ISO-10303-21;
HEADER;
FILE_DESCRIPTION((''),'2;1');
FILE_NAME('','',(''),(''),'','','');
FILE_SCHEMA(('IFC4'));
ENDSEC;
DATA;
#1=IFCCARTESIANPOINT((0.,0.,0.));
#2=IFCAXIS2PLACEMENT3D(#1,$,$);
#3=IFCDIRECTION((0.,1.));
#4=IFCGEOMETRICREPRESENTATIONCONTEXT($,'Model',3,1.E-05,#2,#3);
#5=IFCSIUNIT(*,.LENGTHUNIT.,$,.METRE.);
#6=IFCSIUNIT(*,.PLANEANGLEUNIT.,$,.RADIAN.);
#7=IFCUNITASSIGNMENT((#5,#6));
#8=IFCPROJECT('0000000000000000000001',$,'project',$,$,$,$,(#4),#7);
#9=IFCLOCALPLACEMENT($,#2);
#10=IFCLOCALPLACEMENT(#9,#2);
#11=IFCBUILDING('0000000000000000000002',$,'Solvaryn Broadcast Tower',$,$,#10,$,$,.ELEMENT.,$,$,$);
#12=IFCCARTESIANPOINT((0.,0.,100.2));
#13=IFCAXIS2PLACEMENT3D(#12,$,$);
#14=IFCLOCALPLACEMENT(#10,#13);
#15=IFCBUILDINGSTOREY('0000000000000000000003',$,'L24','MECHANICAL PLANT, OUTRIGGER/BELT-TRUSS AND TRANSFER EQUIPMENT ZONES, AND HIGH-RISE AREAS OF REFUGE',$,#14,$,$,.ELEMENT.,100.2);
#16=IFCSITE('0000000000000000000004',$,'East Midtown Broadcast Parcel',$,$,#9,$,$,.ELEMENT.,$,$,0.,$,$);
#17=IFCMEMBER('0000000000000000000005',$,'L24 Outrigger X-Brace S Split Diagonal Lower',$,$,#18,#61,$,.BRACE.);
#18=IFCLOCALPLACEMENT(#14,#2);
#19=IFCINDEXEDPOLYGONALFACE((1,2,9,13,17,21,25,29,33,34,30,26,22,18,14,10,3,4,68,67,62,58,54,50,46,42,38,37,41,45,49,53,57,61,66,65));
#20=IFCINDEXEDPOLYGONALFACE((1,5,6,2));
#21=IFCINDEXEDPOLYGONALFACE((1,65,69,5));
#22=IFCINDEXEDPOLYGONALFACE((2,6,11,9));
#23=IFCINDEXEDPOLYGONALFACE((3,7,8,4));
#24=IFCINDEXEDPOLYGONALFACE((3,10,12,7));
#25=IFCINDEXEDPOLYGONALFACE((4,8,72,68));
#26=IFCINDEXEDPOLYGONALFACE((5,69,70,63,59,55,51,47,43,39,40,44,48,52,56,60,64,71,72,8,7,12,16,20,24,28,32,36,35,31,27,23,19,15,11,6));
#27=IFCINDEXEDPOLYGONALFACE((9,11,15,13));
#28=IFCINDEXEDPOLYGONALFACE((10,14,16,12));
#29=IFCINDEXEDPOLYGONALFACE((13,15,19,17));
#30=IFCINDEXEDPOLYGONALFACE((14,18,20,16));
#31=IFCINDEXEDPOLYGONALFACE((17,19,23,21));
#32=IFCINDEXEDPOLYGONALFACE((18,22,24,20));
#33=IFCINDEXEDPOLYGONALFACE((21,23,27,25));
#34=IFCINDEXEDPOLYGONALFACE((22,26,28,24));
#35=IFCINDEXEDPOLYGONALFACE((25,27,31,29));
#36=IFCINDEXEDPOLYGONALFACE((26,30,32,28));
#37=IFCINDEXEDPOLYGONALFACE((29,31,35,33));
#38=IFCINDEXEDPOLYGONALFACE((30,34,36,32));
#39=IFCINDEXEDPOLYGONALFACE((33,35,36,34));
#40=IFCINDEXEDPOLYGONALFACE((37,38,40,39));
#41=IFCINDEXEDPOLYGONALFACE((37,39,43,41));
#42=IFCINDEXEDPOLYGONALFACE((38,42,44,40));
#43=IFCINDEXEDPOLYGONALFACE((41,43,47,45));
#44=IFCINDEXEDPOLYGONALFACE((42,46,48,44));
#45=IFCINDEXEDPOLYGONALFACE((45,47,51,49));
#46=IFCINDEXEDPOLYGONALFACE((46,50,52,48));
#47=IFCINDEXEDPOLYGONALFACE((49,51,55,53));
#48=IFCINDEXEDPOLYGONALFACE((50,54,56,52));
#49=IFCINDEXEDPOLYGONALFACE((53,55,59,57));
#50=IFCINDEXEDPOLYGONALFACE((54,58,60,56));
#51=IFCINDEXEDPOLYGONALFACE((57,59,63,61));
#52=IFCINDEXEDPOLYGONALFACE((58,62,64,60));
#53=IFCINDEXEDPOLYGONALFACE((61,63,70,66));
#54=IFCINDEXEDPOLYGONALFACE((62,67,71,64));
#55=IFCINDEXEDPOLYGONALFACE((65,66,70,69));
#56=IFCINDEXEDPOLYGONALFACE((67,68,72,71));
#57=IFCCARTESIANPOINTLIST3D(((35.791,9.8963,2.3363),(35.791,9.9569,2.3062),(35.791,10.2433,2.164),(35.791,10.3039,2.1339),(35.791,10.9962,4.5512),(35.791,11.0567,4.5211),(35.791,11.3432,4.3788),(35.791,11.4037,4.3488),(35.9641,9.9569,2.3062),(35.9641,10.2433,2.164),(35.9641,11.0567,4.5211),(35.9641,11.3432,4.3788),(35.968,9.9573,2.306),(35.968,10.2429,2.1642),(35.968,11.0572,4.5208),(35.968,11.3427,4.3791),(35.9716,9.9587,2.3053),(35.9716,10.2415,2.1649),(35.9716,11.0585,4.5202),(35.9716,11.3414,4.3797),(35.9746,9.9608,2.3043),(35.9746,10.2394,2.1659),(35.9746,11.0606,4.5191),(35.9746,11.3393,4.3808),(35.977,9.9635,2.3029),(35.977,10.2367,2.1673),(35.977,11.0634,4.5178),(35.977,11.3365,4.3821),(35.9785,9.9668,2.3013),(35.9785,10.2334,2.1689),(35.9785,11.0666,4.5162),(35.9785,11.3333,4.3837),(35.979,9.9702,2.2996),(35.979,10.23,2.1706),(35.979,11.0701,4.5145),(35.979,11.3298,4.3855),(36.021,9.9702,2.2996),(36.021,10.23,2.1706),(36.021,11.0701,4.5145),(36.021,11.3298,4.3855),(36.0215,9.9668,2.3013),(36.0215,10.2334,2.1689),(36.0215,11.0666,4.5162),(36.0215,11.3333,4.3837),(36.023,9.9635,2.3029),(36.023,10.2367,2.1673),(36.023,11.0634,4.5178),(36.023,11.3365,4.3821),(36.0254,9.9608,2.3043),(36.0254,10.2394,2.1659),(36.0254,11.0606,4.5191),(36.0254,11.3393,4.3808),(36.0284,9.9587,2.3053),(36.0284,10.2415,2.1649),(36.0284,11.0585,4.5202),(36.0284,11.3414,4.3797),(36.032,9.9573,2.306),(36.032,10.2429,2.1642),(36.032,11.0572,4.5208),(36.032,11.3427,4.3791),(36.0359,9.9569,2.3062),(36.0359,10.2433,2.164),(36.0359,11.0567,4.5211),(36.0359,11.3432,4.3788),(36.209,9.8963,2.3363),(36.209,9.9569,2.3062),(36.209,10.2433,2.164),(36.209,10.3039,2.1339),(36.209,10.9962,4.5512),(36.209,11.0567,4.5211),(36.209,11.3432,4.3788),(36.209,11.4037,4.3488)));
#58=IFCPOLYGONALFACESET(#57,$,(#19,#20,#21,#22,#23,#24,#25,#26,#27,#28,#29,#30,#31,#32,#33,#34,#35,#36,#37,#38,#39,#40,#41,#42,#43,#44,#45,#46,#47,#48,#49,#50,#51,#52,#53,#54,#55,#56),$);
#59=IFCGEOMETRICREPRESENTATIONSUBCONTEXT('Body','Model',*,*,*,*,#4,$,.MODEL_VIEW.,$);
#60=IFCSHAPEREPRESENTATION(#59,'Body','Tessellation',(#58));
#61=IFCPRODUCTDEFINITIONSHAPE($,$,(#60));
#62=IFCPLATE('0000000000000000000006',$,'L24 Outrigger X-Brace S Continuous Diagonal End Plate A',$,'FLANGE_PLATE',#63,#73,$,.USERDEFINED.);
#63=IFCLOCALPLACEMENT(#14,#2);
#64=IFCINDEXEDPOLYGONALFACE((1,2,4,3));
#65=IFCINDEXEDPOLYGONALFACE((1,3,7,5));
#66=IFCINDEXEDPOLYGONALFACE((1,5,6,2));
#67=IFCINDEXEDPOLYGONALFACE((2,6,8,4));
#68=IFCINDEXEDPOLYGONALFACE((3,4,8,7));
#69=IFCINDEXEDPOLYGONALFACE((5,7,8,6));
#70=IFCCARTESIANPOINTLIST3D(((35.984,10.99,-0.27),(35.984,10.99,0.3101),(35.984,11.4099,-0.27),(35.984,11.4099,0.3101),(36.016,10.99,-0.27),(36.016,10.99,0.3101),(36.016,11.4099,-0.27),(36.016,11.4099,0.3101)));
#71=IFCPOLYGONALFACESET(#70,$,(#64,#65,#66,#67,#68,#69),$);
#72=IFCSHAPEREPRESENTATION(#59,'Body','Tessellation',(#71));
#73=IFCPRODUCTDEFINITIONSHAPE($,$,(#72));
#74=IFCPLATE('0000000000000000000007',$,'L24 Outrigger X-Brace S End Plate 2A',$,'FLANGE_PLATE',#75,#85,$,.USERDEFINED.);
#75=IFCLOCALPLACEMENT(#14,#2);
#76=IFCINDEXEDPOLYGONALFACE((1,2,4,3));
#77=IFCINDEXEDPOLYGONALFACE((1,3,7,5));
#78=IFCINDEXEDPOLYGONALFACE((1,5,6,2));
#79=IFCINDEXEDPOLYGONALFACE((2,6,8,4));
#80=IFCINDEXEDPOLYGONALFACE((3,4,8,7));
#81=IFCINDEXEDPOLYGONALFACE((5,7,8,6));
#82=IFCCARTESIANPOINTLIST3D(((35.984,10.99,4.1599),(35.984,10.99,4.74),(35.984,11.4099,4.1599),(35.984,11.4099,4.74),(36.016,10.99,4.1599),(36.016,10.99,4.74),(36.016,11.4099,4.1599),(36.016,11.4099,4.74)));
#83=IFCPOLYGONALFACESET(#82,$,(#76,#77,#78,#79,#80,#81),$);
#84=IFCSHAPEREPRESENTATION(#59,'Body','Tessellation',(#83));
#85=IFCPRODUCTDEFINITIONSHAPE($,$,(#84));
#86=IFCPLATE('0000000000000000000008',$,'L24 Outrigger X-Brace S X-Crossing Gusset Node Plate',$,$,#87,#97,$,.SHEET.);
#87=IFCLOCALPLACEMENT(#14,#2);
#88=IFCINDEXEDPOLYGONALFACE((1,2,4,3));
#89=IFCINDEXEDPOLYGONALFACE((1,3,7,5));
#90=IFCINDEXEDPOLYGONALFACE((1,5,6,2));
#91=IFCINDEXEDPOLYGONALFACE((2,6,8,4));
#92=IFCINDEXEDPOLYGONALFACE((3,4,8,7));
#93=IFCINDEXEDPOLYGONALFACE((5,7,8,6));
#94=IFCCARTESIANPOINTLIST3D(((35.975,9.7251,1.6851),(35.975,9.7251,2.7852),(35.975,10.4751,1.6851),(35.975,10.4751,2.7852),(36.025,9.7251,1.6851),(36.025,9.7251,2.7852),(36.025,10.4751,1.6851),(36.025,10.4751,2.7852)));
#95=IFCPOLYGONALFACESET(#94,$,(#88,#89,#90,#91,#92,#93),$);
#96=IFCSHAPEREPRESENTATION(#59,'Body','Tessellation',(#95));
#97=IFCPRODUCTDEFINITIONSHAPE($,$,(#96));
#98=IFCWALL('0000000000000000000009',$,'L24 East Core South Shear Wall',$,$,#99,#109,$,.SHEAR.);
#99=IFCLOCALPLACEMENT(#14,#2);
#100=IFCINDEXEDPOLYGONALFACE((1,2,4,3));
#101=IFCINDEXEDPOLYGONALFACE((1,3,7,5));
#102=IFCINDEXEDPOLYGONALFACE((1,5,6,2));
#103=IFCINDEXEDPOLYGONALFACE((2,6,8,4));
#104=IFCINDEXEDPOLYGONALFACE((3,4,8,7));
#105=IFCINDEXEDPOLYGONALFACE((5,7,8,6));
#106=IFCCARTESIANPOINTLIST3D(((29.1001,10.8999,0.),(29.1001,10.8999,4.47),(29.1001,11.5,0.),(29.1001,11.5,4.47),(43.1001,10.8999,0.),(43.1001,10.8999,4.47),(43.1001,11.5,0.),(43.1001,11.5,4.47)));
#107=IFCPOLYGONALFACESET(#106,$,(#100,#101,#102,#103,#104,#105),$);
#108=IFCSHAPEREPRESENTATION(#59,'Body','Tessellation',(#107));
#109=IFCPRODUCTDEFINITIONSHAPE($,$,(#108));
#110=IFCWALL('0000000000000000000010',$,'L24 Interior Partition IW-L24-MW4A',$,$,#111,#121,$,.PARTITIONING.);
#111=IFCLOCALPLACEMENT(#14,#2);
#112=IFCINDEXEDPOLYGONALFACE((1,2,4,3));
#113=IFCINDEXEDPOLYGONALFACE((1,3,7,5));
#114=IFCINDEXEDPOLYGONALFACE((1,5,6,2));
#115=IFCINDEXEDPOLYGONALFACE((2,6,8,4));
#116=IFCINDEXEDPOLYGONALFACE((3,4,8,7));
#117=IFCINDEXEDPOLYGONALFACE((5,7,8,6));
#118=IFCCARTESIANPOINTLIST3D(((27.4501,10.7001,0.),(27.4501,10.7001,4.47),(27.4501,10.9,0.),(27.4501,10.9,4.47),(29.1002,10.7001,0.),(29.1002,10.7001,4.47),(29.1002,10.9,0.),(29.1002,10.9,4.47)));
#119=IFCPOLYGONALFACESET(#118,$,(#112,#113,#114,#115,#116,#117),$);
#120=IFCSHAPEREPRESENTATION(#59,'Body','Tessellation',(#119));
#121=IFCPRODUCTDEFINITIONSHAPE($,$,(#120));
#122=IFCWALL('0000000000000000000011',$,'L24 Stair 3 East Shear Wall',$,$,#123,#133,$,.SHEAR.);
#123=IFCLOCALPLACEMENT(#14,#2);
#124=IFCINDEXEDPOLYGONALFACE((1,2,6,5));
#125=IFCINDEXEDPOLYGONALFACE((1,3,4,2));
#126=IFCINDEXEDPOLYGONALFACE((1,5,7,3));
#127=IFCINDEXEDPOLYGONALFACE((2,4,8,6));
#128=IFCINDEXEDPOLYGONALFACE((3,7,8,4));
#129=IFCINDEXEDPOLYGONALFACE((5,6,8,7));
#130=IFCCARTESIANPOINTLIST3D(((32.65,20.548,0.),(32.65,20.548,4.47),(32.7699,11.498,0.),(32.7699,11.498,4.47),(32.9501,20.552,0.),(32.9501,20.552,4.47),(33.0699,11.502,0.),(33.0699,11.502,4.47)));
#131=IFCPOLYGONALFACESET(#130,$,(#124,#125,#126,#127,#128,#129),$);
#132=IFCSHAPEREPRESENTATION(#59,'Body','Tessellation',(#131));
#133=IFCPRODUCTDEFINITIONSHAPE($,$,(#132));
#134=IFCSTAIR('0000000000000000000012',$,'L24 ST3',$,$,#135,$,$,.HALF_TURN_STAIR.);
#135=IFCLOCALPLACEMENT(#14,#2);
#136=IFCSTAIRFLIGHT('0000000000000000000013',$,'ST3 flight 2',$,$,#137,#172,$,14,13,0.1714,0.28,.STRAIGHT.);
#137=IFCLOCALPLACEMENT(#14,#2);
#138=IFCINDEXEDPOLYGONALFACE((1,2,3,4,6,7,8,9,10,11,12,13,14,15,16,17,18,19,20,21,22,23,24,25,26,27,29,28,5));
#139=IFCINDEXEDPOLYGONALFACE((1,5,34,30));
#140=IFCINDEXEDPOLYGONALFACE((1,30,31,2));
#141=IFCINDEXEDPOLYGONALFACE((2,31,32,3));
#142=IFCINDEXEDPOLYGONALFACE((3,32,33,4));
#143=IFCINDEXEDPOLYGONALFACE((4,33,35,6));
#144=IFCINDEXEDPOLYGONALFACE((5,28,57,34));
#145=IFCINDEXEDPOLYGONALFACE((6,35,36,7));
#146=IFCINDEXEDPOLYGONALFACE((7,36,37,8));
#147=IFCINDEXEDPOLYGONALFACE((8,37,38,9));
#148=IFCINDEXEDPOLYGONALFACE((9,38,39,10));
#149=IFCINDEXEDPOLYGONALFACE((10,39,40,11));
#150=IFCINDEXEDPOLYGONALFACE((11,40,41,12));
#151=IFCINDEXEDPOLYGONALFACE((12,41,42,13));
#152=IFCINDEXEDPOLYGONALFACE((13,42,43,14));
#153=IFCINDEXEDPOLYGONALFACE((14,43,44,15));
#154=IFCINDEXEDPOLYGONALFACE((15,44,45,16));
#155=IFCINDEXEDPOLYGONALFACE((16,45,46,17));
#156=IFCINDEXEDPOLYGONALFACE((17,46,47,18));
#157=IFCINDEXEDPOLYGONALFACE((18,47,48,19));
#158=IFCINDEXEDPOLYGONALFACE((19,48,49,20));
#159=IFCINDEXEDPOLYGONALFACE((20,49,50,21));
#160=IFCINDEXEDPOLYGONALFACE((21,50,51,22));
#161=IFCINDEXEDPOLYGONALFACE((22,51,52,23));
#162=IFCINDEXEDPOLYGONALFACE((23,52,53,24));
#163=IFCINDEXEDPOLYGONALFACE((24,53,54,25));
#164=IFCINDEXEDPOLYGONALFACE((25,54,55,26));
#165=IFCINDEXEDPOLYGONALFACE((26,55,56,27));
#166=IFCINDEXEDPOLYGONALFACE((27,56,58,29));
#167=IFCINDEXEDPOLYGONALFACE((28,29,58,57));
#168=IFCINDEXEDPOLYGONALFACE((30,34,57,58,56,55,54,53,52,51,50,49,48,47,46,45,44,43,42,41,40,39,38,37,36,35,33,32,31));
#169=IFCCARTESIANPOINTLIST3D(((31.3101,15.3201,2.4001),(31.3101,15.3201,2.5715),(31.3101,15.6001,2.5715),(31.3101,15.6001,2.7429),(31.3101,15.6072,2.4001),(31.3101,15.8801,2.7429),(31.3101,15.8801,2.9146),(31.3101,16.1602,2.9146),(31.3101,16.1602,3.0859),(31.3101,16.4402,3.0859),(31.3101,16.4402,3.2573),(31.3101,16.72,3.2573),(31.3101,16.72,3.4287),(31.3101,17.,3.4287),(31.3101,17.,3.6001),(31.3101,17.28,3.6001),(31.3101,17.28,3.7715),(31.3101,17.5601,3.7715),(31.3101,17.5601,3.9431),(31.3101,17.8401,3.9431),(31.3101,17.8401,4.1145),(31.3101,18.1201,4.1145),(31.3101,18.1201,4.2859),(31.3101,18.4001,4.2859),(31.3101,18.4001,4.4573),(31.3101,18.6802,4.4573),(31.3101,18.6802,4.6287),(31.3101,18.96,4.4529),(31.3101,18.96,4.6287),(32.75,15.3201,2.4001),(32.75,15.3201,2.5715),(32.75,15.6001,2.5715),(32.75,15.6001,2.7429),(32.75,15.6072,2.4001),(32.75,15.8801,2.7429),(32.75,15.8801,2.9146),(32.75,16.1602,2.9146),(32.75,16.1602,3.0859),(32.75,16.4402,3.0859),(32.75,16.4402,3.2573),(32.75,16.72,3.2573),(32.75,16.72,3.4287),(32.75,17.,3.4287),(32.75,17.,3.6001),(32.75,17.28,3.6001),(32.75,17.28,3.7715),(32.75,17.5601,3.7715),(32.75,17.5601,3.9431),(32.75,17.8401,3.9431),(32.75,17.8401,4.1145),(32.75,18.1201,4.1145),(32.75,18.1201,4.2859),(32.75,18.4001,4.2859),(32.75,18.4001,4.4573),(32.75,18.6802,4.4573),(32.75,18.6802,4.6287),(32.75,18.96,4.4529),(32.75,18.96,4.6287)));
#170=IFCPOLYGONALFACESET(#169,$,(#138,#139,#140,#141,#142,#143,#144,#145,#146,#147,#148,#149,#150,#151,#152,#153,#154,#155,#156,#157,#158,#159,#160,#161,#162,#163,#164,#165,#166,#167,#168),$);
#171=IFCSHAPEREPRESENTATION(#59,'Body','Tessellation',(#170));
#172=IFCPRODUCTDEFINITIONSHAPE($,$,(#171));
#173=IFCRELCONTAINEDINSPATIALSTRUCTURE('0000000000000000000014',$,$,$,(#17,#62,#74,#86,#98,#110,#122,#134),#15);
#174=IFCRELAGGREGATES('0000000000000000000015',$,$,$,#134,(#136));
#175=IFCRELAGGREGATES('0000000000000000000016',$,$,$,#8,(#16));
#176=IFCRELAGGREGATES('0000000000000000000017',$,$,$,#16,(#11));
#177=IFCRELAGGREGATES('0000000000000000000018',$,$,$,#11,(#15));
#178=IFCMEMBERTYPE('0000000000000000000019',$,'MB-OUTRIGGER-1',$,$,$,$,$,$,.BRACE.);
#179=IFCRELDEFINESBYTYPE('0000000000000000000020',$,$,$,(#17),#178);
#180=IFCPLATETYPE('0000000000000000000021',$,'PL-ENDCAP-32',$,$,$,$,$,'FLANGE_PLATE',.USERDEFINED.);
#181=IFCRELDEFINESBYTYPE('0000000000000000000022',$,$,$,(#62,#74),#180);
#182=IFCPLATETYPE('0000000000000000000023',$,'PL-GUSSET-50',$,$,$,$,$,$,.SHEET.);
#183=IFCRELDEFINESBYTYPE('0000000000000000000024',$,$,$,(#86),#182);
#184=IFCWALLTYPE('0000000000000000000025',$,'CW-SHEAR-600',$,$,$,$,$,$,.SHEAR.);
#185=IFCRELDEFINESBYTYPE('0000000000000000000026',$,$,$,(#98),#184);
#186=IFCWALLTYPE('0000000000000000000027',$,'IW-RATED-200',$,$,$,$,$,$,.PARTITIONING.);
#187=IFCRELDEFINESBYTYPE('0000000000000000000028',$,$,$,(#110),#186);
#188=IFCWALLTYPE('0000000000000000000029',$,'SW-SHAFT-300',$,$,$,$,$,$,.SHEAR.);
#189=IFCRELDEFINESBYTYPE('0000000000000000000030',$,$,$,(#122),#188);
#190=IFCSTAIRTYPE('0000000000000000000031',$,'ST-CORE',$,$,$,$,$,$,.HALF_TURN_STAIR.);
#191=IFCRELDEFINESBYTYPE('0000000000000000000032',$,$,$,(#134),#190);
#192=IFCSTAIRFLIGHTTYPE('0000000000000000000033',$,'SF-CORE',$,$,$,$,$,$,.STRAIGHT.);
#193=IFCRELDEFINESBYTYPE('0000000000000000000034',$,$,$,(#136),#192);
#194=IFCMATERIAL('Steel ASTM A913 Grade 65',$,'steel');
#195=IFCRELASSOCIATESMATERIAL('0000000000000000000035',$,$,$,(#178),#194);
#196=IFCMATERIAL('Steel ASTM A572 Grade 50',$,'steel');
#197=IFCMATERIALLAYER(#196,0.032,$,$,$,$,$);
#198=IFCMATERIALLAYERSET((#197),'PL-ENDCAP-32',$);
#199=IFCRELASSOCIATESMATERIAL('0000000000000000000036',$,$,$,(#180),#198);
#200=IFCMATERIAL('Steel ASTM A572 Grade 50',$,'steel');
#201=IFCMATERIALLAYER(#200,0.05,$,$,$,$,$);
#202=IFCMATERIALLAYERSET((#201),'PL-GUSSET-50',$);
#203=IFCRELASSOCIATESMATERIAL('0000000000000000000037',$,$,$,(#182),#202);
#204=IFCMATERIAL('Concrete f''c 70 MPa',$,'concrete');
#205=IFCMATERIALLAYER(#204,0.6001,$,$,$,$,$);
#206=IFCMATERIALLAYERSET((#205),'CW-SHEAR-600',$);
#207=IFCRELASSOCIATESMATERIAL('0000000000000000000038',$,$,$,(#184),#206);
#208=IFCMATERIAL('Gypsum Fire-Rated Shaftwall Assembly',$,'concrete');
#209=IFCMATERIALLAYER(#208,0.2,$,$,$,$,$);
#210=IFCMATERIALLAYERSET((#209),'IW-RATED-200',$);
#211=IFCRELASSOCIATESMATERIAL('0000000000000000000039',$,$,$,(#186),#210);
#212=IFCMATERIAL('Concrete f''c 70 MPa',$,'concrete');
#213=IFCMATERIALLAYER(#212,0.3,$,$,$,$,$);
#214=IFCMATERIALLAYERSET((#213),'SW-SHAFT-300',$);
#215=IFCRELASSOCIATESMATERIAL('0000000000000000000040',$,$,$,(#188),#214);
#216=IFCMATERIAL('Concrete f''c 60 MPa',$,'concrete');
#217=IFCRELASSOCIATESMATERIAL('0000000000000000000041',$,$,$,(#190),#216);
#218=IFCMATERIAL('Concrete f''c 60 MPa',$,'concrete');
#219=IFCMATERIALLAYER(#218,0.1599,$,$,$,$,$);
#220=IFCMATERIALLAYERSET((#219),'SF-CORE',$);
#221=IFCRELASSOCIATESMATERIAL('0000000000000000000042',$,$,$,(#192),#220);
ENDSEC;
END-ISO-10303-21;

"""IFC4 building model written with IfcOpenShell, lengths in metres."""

from ifc_helpers import new_model, si_unit, direction, frame, frame_2d, origin, origin_2d, place, context, subcontext, project, spatial, polyline, rectangle, i_section, outline, extrude, material, layer, layer_set, material_profile, profile_set, type_object, element, aggregate, save


model = new_model("IFC4")

# Units and contexts
model_context = context("Model", 3, precision=1e-05, world=origin(), true_north=direction((0.0, 1.0)))
body_context = subcontext(model_context, "Body", "Model", "MODEL_VIEW")
ifc_project = project(units=[si_unit("LENGTHUNIT", "METRE"), si_unit("PLANEANGLEUNIT", "RADIAN")], contexts=[model_context])

# Site, building, storey
site_placement = place(None, origin())
site = spatial("IfcSite", under=ifc_project, at=site_placement, Name="East Midtown Broadcast Parcel", CompositionType="ELEMENT", RefElevation=0.0)
building_placement = place(site_placement, origin())
building = spatial("IfcBuilding", under=site, at=building_placement, Name="Solvaryn Broadcast Tower", CompositionType="ELEMENT")
storey_placement = place(building_placement, frame((0.0, 0.0, 100.2)))
storey = spatial("IfcBuildingStorey", under=building, at=storey_placement, Name="L24", Description="MECHANICAL PLANT, OUTRIGGER/BELT-TRUSS AND TRANSFER EQUIPMENT ZONES, AND HIGH-RISE AREAS OF REFUGE", CompositionType="ELEMENT", Elevation=100.2)

# Member
ifc_material_1 = material(Name="Steel ASTM A913 Grade 65", Category="steel")
ifc_material_profile_1 = material_profile(ifc_material_1, i_section(OverallWidth=0.418, OverallDepth=0.4551, WebThickness=0.042, FlangeThickness=0.0676, FilletRadius=0.0149, at=origin_2d()))
ifc_profile_set_1 = profile_set([ifc_material_profile_1], Name="Steel ASTM A913 Grade 65")
member_type = type_object("IfcMemberType", Name="MB-OUTRIGGER-1", PredefinedType="BRACE", material=ifc_profile_set_1)
member_1_placement = place(storey_placement, frame((36.0, 11.2, 4.45), z_axis=(0.0, -0.444763, -0.895648), x_axis=(1.0, 0.0, 0.0)))
element("IfcMember", 1, at=member_1_placement, inside=storey, type_object=member_type, Name="L24 Outrigger X-Brace S Split Diagonal Lower", PredefinedType="BRACE", context=body_context, shape_type="SweptSolid", body=[
    extrude(i_section(OverallWidth=0.418, OverallDepth=0.4551, WebThickness=0.042, FlangeThickness=0.0676, FilletRadius=0.0149, at=origin_2d()), origin(), (0.0, 0.0, 1.0), 2.4729),
])

# Plates
ifc_material_2 = material(Name="Steel ASTM A572 Grade 50", Category="steel")
ifc_layer_1 = layer(ifc_material_2, 0.032)
ifc_layer_set_1 = layer_set([ifc_layer_1], Name="PL-ENDCAP-32")
plate_type_1 = type_object("IfcPlateType", Name="PL-ENDCAP-32", ElementType="FLANGE_PLATE", PredefinedType="USERDEFINED", material=ifc_layer_set_1)
for number, where, z_axis, x_axis, name in (
    (2, (36.0, 11.2, -0.27), (0.0, 0.0, 1.0), (1.0, 0.0, 0.0), "L24 Outrigger X-Brace S Continuous Diagonal End Plate A"),
    (3, (36.0, 11.2, 4.1599), (0.0, 0.0, 1.0), (1.0, 0.0, 0.0), "L24 Outrigger X-Brace S End Plate 2A"),
):
    element("IfcPlate", number, at=place(storey_placement, frame(where, z_axis=z_axis, x_axis=x_axis)), inside=storey, type_object=plate_type_1, Name=name, ObjectType="FLANGE_PLATE", PredefinedType="USERDEFINED", context=body_context, shape_type="SweptSolid", body=[
        extrude(rectangle(XDim=0.032, YDim=0.4199, at=origin_2d()), origin(), (0.0, 0.0, 1.0), 0.5801),
    ])
ifc_material_3 = material(Name="Steel ASTM A572 Grade 50", Category="steel")
ifc_layer_2 = layer(ifc_material_3, 0.05)
ifc_layer_set_2 = layer_set([ifc_layer_2], Name="PL-GUSSET-50")
plate_type_2 = type_object("IfcPlateType", Name="PL-GUSSET-50", PredefinedType="SHEET", material=ifc_layer_set_2)
plate_placement = place(storey_placement, frame((36.0, 10.1001, 1.6851), z_axis=(0.0, 0.0, 1.0), x_axis=(1.0, 0.0, 0.0)))
element("IfcPlate", 4, at=plate_placement, inside=storey, type_object=plate_type_2, Name="L24 Outrigger X-Brace S X-Crossing Gusset Node Plate", PredefinedType="SHEET", context=body_context, shape_type="SweptSolid", body=[
    extrude(rectangle(XDim=0.05, YDim=0.75, at=origin_2d()), origin(), (0.0, 0.0, 1.0), 1.1001),
])

# Walls
ifc_material_4 = material(Name="Concrete f'c 70 MPa", Category="concrete")
ifc_layer_3 = layer(ifc_material_4, 0.6001)
ifc_layer_set_3 = layer_set([ifc_layer_3], Name="CW-SHEAR-600")
wall_type_1 = type_object("IfcWallType", Name="CW-SHEAR-600", PredefinedType="SHEAR", material=ifc_layer_set_3)
wall_1_placement = place(storey_placement, frame((29.1001, 11.2, 0.0), z_axis=(0.0, 0.0, 1.0), x_axis=(1.0, 0.0, 0.0)))
element("IfcWall", 5, at=wall_1_placement, inside=storey, type_object=wall_type_1, Name="L24 East Core South Shear Wall", PredefinedType="SHEAR", context=body_context, shape_type="SweptSolid", body=[
    extrude(rectangle(XDim=14.0, YDim=0.6001, at=frame_2d((7.0, 0.0))), origin(), (0.0, 0.0, 1.0), 4.47),
])
ifc_material_5 = material(Name="Gypsum Fire-Rated Shaftwall Assembly", Category="concrete")
ifc_layer_4 = layer(ifc_material_5, 0.2)
ifc_layer_set_4 = layer_set([ifc_layer_4], Name="IW-RATED-200")
wall_type_2 = type_object("IfcWallType", Name="IW-RATED-200", PredefinedType="PARTITIONING", material=ifc_layer_set_4)
wall_2_placement = place(storey_placement, frame((27.45, 10.8, 0.0), z_axis=(0.0, 0.0, 1.0), x_axis=(1.0, 0.0, 0.0)))
element("IfcWall", 6, at=wall_2_placement, inside=storey, type_object=wall_type_2, Name="L24 Interior Partition IW-L24-MW4A", PredefinedType="PARTITIONING", context=body_context, shape_type="SweptSolid", body=[
    extrude(rectangle(XDim=1.6501, YDim=0.2, at=frame_2d((0.8252, 0.0))), origin(), (0.0, 0.0, 1.0), 4.47),
])

# Wall
ifc_material_6 = material(Name="Concrete f'c 70 MPa", Category="concrete")
ifc_layer_5 = layer(ifc_material_6, 0.3)
ifc_layer_set_5 = layer_set([ifc_layer_5], Name="SW-SHAFT-300")
wall_type_3 = type_object("IfcWallType", Name="SW-SHAFT-300", PredefinedType="SHEAR", material=ifc_layer_set_5)
wall_3_placement = place(storey_placement, frame((32.9199, 11.5, 0.0), z_axis=(0.0, 0.0, 1.0), x_axis=(-0.013244, 0.999912, 0.0)))
element("IfcWall", 7, at=wall_3_placement, inside=storey, type_object=wall_type_3, Name="L24 Stair 3 East Shear Wall", PredefinedType="SHEAR", context=body_context, shape_type="SweptSolid", body=[
    extrude(rectangle(XDim=9.0508, YDim=0.3, at=frame_2d((4.5254, 0.0))), origin(), (0.0, 0.0, 1.0), 4.47),
])

# Stair, stair flight
ifc_material_7 = material(Name="Concrete f'c 60 MPa", Category="concrete")
stair_type = type_object("IfcStairType", Name="ST-CORE", PredefinedType="HALF_TURN_STAIR", material=ifc_material_7)
stair_placement = place(storey_placement, origin())
stair = element("IfcStair", 8, at=stair_placement, inside=storey, type_object=stair_type, Name="L24 ST3", PredefinedType="HALF_TURN_STAIR")
ifc_material_8 = material(Name="Concrete f'c 60 MPa", Category="concrete")
ifc_layer_6 = layer(ifc_material_8, 0.1599)
ifc_layer_set_6 = layer_set([ifc_layer_6], Name="SF-CORE")
stair_flight_type = type_object("IfcStairFlightType", Name="SF-CORE", PredefinedType="STRAIGHT", material=ifc_layer_set_6)
stair_flight_placement = place(storey_placement, frame((32.03, 15.3201, 2.4001), z_axis=(0.0, 0.0, 1.0), x_axis=(0.0, 1.0, 0.0)))
stair_flight = element("IfcStairFlight", 9, at=stair_flight_placement, type_object=stair_flight_type, Name="ST3 flight 2", NumberOfRisers=14, NumberOfTreads=13, PredefinedType="STRAIGHT", RiserHeight=0.1714, TreadLength=0.28, context=body_context, shape_type="SweptSolid", body=[
    extrude(outline(polyline([(0.0, 0.0), (0.0, 0.1714), (0.28, 0.1714), (0.28, 0.3428), (0.5601, 0.3428), (0.5601, 0.5144), (0.8401, 0.5144), (0.8401, 0.6858), (1.1201, 0.6858), (1.1201, 0.8572), (1.3999, 0.8572), (1.3999, 1.0286), (1.6799, 1.0286), (1.6799, 1.2), (1.96, 1.2), (1.96, 1.3713), (2.24, 1.3713), (2.24, 1.543), (2.52, 1.543), (2.52, 1.7144), (2.8, 1.7144), (2.8, 1.8857), (3.0801, 1.8857), (3.0801, 2.0571), (3.3601, 2.0571), (3.3601, 2.2285), (3.6399, 2.2285), (3.6399, 2.3999), (3.6399, 2.0527), (0.2871, 0.0), (0.0, 0.0)])), frame((0.0, 0.72, 0.0), z_axis=(0.0, -1.0, 0.0), x_axis=(1.0, 0.0, 0.0)), (0.0, 0.0, 1.0), 1.4399),
])
aggregate(stair, [stair_flight])

save(model, "model.ifc")
